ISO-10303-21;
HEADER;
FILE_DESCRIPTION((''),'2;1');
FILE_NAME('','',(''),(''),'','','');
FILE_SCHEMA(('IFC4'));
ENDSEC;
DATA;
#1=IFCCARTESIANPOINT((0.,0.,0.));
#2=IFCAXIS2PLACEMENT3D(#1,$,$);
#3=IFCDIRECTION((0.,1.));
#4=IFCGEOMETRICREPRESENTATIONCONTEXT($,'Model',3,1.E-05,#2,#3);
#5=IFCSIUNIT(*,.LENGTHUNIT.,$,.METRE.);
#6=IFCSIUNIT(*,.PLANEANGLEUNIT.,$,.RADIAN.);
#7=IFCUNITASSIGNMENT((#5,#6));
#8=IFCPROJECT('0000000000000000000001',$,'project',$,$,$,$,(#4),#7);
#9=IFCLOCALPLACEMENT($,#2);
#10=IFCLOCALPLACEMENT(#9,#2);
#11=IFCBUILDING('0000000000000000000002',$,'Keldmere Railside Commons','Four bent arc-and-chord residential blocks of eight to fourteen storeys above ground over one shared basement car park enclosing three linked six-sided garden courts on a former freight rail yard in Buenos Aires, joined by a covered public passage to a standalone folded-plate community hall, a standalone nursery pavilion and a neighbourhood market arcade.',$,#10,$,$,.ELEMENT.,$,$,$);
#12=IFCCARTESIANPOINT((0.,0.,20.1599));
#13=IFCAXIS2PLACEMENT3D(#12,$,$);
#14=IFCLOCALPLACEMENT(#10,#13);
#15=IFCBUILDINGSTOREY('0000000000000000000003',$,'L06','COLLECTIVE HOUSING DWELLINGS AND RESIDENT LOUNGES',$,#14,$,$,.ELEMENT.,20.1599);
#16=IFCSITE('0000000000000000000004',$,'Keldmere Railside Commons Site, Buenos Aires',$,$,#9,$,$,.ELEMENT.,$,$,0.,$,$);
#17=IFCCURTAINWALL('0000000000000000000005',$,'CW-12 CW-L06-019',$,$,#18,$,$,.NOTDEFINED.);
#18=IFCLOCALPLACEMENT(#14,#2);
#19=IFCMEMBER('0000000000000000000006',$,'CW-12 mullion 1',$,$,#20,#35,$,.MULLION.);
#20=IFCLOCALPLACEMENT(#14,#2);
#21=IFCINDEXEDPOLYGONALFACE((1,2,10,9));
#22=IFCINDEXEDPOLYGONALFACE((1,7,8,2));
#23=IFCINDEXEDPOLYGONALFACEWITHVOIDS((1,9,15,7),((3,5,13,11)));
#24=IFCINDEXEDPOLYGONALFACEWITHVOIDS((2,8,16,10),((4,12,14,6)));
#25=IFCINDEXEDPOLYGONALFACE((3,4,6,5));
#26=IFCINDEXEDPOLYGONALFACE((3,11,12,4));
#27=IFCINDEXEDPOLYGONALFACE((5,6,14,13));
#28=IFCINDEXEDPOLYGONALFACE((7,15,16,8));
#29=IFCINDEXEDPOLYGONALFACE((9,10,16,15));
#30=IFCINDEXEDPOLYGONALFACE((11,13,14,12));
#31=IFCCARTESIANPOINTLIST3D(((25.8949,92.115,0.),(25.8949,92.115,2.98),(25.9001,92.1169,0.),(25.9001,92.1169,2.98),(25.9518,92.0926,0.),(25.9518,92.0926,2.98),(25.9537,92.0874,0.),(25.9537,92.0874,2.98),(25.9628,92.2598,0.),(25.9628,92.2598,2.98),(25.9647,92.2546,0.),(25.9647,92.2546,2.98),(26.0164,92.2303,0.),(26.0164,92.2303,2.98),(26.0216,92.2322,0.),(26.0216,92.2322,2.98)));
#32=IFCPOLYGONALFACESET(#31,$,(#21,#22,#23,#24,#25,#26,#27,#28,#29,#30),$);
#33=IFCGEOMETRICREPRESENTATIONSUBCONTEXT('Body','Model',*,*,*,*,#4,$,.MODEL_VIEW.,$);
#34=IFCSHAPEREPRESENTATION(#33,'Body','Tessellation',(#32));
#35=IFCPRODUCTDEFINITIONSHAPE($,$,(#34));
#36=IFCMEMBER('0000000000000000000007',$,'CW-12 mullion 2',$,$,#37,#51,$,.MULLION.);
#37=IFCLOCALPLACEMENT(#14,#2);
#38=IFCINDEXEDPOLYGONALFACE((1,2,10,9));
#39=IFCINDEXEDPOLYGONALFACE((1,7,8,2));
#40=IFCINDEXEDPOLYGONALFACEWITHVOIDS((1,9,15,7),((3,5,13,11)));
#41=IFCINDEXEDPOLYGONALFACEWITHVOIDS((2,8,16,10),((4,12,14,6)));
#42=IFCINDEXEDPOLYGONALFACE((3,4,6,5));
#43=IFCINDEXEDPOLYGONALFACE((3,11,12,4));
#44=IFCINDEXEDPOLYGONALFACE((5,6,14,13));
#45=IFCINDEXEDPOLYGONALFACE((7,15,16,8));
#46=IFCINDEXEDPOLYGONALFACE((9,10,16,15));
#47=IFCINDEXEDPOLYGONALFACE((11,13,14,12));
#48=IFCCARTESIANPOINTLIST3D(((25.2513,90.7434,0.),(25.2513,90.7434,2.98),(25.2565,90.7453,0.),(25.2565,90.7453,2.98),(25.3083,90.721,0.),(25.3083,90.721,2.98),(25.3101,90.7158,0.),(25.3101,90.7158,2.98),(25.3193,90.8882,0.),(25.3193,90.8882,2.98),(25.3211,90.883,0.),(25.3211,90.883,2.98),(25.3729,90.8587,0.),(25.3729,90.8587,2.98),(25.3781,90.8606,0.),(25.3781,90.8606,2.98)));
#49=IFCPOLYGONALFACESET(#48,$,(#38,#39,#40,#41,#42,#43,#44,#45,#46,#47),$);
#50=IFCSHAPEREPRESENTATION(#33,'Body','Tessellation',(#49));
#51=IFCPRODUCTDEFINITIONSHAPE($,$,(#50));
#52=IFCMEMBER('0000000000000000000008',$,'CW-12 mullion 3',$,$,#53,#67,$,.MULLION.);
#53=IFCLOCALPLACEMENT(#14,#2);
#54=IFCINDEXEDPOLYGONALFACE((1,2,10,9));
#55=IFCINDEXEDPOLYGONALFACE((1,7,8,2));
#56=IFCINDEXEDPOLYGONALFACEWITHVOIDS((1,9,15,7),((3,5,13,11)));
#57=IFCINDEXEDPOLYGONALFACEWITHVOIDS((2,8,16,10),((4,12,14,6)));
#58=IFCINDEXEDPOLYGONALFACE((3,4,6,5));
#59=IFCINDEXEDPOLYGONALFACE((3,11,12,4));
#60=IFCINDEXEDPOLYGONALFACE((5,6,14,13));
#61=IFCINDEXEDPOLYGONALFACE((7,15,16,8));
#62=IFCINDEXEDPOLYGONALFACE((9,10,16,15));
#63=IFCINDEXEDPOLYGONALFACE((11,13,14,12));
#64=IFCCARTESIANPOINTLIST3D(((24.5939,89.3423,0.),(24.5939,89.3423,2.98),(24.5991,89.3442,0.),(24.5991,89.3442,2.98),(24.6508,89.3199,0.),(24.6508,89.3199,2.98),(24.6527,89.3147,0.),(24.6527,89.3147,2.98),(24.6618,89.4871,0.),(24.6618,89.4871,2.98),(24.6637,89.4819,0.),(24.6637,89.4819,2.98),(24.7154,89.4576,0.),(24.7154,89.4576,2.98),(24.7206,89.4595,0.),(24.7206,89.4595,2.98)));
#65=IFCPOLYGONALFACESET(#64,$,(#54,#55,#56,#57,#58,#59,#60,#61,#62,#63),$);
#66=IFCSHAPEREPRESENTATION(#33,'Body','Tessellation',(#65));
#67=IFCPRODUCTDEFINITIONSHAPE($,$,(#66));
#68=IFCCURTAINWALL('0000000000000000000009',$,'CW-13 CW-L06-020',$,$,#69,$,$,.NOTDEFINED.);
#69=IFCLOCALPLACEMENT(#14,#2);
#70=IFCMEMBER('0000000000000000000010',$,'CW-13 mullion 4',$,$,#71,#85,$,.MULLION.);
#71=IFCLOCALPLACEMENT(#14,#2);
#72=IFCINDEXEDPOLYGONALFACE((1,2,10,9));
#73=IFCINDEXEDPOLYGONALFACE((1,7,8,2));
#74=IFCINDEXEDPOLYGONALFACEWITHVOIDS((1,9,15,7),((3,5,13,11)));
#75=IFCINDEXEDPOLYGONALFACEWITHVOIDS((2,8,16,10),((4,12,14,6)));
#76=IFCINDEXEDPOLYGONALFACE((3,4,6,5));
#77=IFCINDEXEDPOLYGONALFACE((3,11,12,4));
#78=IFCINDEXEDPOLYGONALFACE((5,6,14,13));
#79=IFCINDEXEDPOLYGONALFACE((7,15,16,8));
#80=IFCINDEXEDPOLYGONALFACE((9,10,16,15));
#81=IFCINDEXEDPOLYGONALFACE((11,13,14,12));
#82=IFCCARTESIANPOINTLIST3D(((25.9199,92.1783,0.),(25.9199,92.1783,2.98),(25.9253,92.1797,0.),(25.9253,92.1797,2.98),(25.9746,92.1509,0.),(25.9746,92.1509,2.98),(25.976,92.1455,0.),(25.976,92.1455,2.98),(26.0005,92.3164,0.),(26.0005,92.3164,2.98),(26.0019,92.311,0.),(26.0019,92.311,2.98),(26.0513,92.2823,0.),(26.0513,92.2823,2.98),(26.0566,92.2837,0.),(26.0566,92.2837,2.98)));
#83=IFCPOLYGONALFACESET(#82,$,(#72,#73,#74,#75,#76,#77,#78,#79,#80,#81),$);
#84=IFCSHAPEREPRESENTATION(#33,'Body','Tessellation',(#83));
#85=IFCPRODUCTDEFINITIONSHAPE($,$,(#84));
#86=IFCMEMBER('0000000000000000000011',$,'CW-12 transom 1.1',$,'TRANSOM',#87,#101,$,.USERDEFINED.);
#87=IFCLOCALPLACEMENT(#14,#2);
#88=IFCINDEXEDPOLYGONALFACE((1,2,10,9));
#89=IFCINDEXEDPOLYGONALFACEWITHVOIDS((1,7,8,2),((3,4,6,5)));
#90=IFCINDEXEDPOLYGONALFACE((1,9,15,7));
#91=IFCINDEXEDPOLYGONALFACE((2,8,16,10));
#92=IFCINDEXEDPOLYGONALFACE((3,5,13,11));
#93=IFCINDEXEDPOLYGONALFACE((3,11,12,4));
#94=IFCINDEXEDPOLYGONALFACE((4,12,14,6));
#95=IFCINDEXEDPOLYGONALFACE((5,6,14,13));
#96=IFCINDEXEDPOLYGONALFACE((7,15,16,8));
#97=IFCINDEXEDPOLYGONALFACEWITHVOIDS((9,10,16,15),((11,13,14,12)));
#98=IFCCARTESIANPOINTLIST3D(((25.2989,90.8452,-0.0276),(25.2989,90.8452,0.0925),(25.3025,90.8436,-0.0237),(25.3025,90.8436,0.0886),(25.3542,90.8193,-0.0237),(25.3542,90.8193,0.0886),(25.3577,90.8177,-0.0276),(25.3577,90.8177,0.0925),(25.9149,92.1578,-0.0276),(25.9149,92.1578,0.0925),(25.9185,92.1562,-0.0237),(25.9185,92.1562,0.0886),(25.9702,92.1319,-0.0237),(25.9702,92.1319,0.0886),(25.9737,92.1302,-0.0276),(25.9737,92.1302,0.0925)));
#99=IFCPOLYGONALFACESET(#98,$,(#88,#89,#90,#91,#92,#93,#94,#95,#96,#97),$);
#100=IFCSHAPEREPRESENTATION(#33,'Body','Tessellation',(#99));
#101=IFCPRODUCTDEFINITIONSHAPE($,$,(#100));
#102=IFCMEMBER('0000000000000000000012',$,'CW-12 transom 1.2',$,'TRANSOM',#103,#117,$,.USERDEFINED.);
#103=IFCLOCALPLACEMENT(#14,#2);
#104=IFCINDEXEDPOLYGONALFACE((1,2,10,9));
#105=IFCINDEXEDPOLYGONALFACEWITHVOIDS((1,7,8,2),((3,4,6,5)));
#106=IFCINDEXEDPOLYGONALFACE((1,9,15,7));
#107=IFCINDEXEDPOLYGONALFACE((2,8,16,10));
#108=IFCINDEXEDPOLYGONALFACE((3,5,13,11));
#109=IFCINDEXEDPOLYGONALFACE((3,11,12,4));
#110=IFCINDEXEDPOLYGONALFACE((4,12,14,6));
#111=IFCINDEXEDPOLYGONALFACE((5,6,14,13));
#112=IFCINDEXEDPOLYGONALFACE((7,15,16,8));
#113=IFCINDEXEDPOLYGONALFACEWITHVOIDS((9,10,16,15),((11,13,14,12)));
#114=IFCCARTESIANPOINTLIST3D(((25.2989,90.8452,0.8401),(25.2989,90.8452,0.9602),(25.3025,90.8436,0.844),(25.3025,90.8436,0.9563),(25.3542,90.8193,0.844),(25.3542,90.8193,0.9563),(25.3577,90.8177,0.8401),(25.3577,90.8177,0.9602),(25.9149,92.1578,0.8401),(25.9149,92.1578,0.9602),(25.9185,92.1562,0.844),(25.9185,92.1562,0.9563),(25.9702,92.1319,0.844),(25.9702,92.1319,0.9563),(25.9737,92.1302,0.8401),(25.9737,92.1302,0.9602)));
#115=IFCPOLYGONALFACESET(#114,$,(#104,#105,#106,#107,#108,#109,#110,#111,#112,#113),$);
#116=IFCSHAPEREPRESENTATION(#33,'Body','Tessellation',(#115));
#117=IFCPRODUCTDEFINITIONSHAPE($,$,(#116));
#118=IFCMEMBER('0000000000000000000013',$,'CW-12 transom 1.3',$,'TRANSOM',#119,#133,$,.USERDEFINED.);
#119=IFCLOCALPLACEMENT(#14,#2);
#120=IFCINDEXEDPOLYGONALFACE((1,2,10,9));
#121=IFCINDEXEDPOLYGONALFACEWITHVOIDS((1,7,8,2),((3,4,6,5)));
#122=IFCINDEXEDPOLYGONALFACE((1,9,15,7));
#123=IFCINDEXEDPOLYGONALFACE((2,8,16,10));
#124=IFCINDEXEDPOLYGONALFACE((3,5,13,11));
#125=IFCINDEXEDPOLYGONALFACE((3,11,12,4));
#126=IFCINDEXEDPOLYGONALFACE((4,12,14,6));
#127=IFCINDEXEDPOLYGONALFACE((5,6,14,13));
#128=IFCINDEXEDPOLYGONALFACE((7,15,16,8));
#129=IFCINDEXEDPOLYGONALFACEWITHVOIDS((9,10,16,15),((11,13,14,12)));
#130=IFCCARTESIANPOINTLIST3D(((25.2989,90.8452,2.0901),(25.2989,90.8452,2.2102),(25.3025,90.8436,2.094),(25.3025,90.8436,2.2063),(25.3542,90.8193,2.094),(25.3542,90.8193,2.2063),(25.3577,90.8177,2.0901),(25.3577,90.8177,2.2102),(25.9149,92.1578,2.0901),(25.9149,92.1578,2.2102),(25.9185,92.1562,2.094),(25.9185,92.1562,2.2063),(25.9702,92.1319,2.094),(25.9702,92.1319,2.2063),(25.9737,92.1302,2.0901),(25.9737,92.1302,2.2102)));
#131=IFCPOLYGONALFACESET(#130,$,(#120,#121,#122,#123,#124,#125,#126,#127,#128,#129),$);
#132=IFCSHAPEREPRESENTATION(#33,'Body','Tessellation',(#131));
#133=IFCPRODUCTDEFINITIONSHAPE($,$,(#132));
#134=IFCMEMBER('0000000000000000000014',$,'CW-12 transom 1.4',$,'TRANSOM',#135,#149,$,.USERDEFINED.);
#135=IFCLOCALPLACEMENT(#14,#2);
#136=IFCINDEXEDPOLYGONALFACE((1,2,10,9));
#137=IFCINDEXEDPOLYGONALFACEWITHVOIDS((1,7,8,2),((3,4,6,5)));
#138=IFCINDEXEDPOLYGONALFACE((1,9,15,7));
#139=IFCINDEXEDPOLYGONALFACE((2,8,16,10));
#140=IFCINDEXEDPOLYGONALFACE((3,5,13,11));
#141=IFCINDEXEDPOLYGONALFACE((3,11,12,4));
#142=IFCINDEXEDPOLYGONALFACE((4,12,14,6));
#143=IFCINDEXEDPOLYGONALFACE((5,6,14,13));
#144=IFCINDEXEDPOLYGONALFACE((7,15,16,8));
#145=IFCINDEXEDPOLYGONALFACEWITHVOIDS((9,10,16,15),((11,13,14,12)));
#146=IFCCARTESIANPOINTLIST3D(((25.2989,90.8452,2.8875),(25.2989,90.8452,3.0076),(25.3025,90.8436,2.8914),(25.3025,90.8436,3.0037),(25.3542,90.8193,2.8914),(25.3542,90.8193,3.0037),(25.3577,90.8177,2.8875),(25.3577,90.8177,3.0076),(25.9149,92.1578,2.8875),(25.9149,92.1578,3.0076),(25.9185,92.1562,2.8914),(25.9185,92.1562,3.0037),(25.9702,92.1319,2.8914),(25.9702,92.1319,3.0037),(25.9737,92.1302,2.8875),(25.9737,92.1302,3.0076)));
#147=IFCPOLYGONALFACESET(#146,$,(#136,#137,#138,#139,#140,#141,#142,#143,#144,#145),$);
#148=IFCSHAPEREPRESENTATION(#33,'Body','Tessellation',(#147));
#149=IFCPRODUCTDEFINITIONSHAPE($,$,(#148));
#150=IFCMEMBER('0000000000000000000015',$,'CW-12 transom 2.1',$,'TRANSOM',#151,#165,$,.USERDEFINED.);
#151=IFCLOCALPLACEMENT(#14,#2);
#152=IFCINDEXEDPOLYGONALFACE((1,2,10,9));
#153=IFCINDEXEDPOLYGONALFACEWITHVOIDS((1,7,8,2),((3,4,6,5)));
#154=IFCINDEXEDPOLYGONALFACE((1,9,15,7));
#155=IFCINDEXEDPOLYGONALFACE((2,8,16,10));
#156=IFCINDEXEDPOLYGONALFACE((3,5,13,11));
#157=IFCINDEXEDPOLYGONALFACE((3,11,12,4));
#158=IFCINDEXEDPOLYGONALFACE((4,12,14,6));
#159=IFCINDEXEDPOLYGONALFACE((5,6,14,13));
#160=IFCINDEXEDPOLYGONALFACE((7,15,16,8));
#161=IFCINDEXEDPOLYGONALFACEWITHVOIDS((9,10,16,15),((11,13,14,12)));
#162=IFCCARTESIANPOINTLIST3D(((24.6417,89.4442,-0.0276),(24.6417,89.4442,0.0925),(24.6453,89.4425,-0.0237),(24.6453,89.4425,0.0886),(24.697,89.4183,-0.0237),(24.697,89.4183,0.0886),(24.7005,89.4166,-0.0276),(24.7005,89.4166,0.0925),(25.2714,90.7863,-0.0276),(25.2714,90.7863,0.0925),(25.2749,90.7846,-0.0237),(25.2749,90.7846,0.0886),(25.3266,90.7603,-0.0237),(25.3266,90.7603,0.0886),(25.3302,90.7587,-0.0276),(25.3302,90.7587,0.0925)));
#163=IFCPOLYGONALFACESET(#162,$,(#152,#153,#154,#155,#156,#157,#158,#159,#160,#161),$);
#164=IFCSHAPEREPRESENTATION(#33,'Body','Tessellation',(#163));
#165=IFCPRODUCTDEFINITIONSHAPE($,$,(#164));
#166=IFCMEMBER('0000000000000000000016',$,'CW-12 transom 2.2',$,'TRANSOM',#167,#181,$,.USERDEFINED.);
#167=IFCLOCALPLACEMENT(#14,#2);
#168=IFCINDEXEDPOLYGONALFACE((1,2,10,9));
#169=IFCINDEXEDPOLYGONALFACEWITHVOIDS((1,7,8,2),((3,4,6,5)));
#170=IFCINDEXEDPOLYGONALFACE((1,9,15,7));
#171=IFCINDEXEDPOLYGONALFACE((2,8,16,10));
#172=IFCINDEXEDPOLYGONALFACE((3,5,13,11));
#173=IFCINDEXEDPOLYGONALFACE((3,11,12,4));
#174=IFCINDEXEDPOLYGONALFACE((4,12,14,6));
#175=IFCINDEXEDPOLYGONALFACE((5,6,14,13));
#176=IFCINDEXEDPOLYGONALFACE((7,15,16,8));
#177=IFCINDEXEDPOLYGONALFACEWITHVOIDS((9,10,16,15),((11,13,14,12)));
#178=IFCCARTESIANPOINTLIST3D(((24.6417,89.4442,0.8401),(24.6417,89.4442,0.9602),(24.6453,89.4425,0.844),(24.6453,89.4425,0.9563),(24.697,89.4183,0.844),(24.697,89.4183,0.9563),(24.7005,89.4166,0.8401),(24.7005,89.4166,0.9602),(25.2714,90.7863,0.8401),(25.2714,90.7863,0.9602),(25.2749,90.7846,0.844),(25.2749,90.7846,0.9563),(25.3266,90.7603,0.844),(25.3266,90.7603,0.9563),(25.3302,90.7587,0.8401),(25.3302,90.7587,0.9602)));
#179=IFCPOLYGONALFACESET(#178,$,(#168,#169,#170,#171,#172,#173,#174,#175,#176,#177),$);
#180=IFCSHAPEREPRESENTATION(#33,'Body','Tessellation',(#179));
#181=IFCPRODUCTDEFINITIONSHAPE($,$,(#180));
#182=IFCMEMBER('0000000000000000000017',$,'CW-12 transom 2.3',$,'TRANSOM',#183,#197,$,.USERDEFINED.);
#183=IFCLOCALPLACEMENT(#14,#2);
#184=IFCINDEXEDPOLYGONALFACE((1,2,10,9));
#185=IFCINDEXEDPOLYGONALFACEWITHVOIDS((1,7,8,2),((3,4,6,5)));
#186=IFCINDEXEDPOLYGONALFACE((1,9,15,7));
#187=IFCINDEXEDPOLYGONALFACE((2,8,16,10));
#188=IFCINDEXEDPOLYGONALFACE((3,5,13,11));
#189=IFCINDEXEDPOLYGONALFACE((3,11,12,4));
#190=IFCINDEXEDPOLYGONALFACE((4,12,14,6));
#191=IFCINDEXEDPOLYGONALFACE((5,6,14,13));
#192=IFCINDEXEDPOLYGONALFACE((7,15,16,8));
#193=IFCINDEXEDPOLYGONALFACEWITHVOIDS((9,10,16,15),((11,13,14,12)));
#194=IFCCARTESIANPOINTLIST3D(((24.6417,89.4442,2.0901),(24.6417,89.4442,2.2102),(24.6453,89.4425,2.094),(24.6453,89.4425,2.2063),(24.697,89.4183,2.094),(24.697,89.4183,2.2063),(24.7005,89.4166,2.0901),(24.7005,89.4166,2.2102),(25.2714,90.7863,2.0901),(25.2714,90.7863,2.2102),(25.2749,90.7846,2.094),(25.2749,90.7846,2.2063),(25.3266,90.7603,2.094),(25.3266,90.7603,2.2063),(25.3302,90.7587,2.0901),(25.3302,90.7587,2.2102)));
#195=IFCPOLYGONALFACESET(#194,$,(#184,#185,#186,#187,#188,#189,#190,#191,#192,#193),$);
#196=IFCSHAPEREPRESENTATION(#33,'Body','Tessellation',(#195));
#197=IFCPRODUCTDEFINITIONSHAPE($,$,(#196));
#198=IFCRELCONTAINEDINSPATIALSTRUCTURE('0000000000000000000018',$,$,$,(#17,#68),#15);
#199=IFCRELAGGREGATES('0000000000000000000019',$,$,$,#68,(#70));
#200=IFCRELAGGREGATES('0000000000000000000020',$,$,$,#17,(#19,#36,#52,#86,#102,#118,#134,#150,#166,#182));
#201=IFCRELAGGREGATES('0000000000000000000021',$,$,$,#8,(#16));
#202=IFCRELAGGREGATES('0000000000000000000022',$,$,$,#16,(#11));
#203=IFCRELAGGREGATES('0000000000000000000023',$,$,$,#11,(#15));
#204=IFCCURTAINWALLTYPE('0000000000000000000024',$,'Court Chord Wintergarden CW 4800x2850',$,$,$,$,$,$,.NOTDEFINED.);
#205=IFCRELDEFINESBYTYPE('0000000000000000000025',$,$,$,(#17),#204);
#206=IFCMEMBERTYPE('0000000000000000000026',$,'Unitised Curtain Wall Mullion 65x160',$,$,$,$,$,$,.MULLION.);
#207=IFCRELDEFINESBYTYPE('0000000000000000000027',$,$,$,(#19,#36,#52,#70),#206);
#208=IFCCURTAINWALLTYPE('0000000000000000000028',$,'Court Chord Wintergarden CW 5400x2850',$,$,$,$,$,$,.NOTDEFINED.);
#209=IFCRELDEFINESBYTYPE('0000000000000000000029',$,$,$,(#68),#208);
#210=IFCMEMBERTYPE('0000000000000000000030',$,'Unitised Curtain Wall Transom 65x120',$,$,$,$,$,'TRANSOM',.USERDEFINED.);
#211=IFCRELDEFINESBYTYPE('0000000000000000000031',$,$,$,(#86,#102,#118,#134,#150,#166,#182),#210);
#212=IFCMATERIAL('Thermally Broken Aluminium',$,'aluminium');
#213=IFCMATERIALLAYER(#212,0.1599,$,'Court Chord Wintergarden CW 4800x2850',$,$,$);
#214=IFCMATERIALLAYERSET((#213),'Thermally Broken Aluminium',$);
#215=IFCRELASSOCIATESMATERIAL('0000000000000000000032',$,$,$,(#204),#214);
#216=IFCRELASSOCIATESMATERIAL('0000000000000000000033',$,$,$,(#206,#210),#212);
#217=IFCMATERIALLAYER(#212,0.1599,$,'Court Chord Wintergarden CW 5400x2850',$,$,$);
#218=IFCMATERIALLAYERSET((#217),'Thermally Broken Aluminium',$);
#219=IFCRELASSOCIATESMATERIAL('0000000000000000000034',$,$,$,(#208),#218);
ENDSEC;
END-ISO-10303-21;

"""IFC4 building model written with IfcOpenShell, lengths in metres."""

from ifc_helpers import new_model, si_unit, direction, frame, origin, origin_2d, place, context, subcontext, project, spatial, hollow_rectangle, extrude, material, layer, layer_set, material_profile, profile_set, type_object, element, aggregate, save


model = new_model("IFC4")

# Units and contexts
model_context = context("Model", 3, precision=1e-05, world=origin(), true_north=direction((0.0, 1.0)))
body_context = subcontext(model_context, "Body", "Model", "MODEL_VIEW")
ifc_project = project(units=[si_unit("LENGTHUNIT", "METRE"), si_unit("PLANEANGLEUNIT", "RADIAN")], contexts=[model_context])

# Site, building, storey
site_placement = place(None, origin())
site = spatial("IfcSite", under=ifc_project, at=site_placement, Name="Keldmere Railside Commons Site, Buenos Aires", CompositionType="ELEMENT", RefElevation=0.0)
building_placement = place(site_placement, origin())
building = spatial("IfcBuilding", under=site, at=building_placement, Name="Keldmere Railside Commons", Description="Four bent arc-and-chord residential blocks of eight to fourteen storeys above ground over one shared basement car park enclosing three linked six-sided garden courts on a former freight rail yard in Buenos Aires, joined by a covered public passage to a standalone folded-plate community hall, a standalone nursery pavilion and a neighbourhood market arcade.", CompositionType="ELEMENT")
storey_placement = place(building_placement, frame((0.0, 0.0, 20.1599)))
storey = spatial("IfcBuildingStorey", under=building, at=storey_placement, Name="L06", Description="COLLECTIVE HOUSING DWELLINGS AND RESIDENT LOUNGES", CompositionType="ELEMENT", Elevation=20.1599)

# Curtain wall, members
ifc_material_1 = material(Name="Thermally Broken Aluminium", Category="aluminium")
ifc_layer_1 = layer(ifc_material_1, 0.1599, Name="Court Chord Wintergarden CW 4800x2850")
ifc_layer_set_1 = layer_set([ifc_layer_1], Name="Thermally Broken Aluminium")
curtain_wall_type_1 = type_object("IfcCurtainWallType", Name="Court Chord Wintergarden CW 4800x2850", PredefinedType="NOTDEFINED", material=ifc_layer_set_1)
curtain_wall_1_placement = place(storey_placement, origin())
curtain_wall_1 = element("IfcCurtainWall", 1, at=curtain_wall_1_placement, inside=storey, type_object=curtain_wall_type_1, Name="CW-12 CW-L06-019", PredefinedType="NOTDEFINED")
ifc_material_profile_1 = material_profile(ifc_material_1, hollow_rectangle(XDim=0.0649, YDim=0.1599, WallThickness=0.0039, at=origin_2d()), Name="ALU-MULL-65x160")
ifc_profile_set_1 = profile_set([ifc_material_profile_1], Name="Thermally Broken Aluminium")
member_type_1 = type_object("IfcMemberType", Name="Unitised Curtain Wall Mullion 65x160", PredefinedType="MULLION", material=ifc_profile_set_1)
member_1_placement = place(storey_placement, frame((25.9583, 92.1736, 0.0), z_axis=(0.0, 0.0, 1.0), x_axis=(0.905306, -0.424759, 0.0)))
member_1 = element("IfcMember", 2, at=member_1_placement, type_object=member_type_1, Name="CW-12 mullion 1", PredefinedType="MULLION", context=body_context, shape_type="SweptSolid", body=[
    extrude(hollow_rectangle(XDim=0.0649, YDim=0.1599, WallThickness=0.0039, at=origin_2d()), origin(), (0.0, 0.0, 1.0), 2.98),
])
member_2_placement = place(storey_placement, frame((25.3147, 90.802, 0.0), z_axis=(0.0, 0.0, 1.0), x_axis=(0.905306, -0.424759, 0.0)))
member_2 = element("IfcMember", 3, at=member_2_placement, type_object=member_type_1, Name="CW-12 mullion 2", PredefinedType="MULLION", context=body_context, shape_type="SweptSolid", body=[
    extrude(hollow_rectangle(XDim=0.0649, YDim=0.1599, WallThickness=0.0039, at=origin_2d()), origin(), (0.0, 0.0, 1.0), 2.98),
])
member_3_placement = place(storey_placement, frame((24.6572, 89.4009, 0.0), z_axis=(0.0, 0.0, 1.0), x_axis=(0.905306, -0.424759, 0.0)))
member_3 = element("IfcMember", 4, at=member_3_placement, type_object=member_type_1, Name="CW-12 mullion 3", PredefinedType="MULLION", context=body_context, shape_type="SweptSolid", body=[
    extrude(hollow_rectangle(XDim=0.0649, YDim=0.1599, WallThickness=0.0039, at=origin_2d()), origin(), (0.0, 0.0, 1.0), 2.98),
])

# Curtain wall, member
ifc_layer_2 = layer(ifc_material_1, 0.1599, Name="Court Chord Wintergarden CW 5400x2850")
ifc_layer_set_2 = layer_set([ifc_layer_2], Name="Thermally Broken Aluminium")
curtain_wall_type_2 = type_object("IfcCurtainWallType", Name="Court Chord Wintergarden CW 5400x2850", PredefinedType="NOTDEFINED", material=ifc_layer_set_2)
curtain_wall_2_placement = place(storey_placement, origin())
curtain_wall_2 = element("IfcCurtainWall", 5, at=curtain_wall_2_placement, inside=storey, type_object=curtain_wall_type_2, Name="CW-13 CW-L06-020", PredefinedType="NOTDEFINED")
member_4_placement = place(storey_placement, frame((25.9883, 92.231, 0.0), z_axis=(0.0, 0.0, 1.0), x_axis=(0.863755, -0.503911, 0.0)))
member_4 = element("IfcMember", 6, at=member_4_placement, type_object=member_type_1, Name="CW-13 mullion 4", PredefinedType="MULLION", context=body_context, shape_type="SweptSolid", body=[
    extrude(hollow_rectangle(XDim=0.0649, YDim=0.1599, WallThickness=0.0039, at=origin_2d()), origin(), (0.0, 0.0, 1.0), 2.98),
])
aggregate(curtain_wall_2, [member_4])

# Members
ifc_material_profile_2 = material_profile(ifc_material_1, hollow_rectangle(XDim=0.0649, YDim=0.1201, WallThickness=0.0039, at=origin_2d()), Name="ALU-TRAN-65x120")
ifc_profile_set_2 = profile_set([ifc_material_profile_2], Name="Thermally Broken Aluminium")
member_type_2 = type_object("IfcMemberType", Name="Unitised Curtain Wall Transom 65x120", ElementType="TRANSOM", PredefinedType="USERDEFINED", material=ifc_profile_set_2)
member_5_placement = place(storey_placement, frame((25.9443, 92.144, 0.0325), z_axis=(-0.424848, -0.905265, 0.0), x_axis=(0.905265, -0.424848, 0.0)))
member_5 = element("IfcMember", 7, at=member_5_placement, type_object=member_type_2, Name="CW-12 transom 1.1", ObjectType="TRANSOM", PredefinedType="USERDEFINED", context=body_context, shape_type="SweptSolid", body=[
    extrude(hollow_rectangle(XDim=0.0649, YDim=0.1201, WallThickness=0.0039, at=origin_2d()), origin(), (0.0, 0.0, 1.0), 1.45),
])
member_6_placement = place(storey_placement, frame((25.9443, 92.144, 0.9001), z_axis=(-0.424848, -0.905265, 0.0), x_axis=(0.905265, -0.424848, 0.0)))
member_6 = element("IfcMember", 8, at=member_6_placement, type_object=member_type_2, Name="CW-12 transom 1.2", ObjectType="TRANSOM", PredefinedType="USERDEFINED", context=body_context, shape_type="SweptSolid", body=[
    extrude(hollow_rectangle(XDim=0.0649, YDim=0.1201, WallThickness=0.0039, at=origin_2d()), origin(), (0.0, 0.0, 1.0), 1.45),
])
member_7_placement = place(storey_placement, frame((25.9443, 92.144, 2.1501), z_axis=(-0.424848, -0.905265, 0.0), x_axis=(0.905265, -0.424848, 0.0)))
member_7 = element("IfcMember", 9, at=member_7_placement, type_object=member_type_2, Name="CW-12 transom 1.3", ObjectType="TRANSOM", PredefinedType="USERDEFINED", context=body_context, shape_type="SweptSolid", body=[
    extrude(hollow_rectangle(XDim=0.0649, YDim=0.1201, WallThickness=0.0039, at=origin_2d()), origin(), (0.0, 0.0, 1.0), 1.45),
])
member_8_placement = place(storey_placement, frame((25.9443, 92.144, 2.9475), z_axis=(-0.424848, -0.905265, 0.0), x_axis=(0.905265, -0.424848, 0.0)))
member_8 = element("IfcMember", 10, at=member_8_placement, type_object=member_type_2, Name="CW-12 transom 1.4", ObjectType="TRANSOM", PredefinedType="USERDEFINED", context=body_context, shape_type="SweptSolid", body=[
    extrude(hollow_rectangle(XDim=0.0649, YDim=0.1201, WallThickness=0.0039, at=origin_2d()), origin(), (0.0, 0.0, 1.0), 1.45),
])
member_9_placement = place(storey_placement, frame((25.3008, 90.7725, 0.0325), z_axis=(-0.424742, -0.905314, 0.0), x_axis=(0.905314, -0.424742, 0.0)))
member_9 = element("IfcMember", 11, at=member_9_placement, type_object=member_type_2, Name="CW-12 transom 2.1", ObjectType="TRANSOM", PredefinedType="USERDEFINED", context=body_context, shape_type="SweptSolid", body=[
    extrude(hollow_rectangle(XDim=0.0649, YDim=0.1201, WallThickness=0.0039, at=origin_2d()), origin(), (0.0, 0.0, 1.0), 1.4824),
])
member_10_placement = place(storey_placement, frame((25.3008, 90.7725, 0.9001), z_axis=(-0.424742, -0.905314, 0.0), x_axis=(0.905314, -0.424742, 0.0)))
member_10 = element("IfcMember", 12, at=member_10_placement, type_object=member_type_2, Name="CW-12 transom 2.2", ObjectType="TRANSOM", PredefinedType="USERDEFINED", context=body_context, shape_type="SweptSolid", body=[
    extrude(hollow_rectangle(XDim=0.0649, YDim=0.1201, WallThickness=0.0039, at=origin_2d()), origin(), (0.0, 0.0, 1.0), 1.4824),
])
member_11_placement = place(storey_placement, frame((25.3008, 90.7725, 2.1501), z_axis=(-0.424742, -0.905314, 0.0), x_axis=(0.905314, -0.424742, 0.0)))
member_11 = element("IfcMember", 13, at=member_11_placement, type_object=member_type_2, Name="CW-12 transom 2.3", ObjectType="TRANSOM", PredefinedType="USERDEFINED", context=body_context, shape_type="SweptSolid", body=[
    extrude(hollow_rectangle(XDim=0.0649, YDim=0.1201, WallThickness=0.0039, at=origin_2d()), origin(), (0.0, 0.0, 1.0), 1.4824),
])

aggregate(curtain_wall_1, [member_1, member_2, member_3, member_5, member_6, member_7, member_8, member_9, member_10, member_11])

save(model, "model.ifc")
